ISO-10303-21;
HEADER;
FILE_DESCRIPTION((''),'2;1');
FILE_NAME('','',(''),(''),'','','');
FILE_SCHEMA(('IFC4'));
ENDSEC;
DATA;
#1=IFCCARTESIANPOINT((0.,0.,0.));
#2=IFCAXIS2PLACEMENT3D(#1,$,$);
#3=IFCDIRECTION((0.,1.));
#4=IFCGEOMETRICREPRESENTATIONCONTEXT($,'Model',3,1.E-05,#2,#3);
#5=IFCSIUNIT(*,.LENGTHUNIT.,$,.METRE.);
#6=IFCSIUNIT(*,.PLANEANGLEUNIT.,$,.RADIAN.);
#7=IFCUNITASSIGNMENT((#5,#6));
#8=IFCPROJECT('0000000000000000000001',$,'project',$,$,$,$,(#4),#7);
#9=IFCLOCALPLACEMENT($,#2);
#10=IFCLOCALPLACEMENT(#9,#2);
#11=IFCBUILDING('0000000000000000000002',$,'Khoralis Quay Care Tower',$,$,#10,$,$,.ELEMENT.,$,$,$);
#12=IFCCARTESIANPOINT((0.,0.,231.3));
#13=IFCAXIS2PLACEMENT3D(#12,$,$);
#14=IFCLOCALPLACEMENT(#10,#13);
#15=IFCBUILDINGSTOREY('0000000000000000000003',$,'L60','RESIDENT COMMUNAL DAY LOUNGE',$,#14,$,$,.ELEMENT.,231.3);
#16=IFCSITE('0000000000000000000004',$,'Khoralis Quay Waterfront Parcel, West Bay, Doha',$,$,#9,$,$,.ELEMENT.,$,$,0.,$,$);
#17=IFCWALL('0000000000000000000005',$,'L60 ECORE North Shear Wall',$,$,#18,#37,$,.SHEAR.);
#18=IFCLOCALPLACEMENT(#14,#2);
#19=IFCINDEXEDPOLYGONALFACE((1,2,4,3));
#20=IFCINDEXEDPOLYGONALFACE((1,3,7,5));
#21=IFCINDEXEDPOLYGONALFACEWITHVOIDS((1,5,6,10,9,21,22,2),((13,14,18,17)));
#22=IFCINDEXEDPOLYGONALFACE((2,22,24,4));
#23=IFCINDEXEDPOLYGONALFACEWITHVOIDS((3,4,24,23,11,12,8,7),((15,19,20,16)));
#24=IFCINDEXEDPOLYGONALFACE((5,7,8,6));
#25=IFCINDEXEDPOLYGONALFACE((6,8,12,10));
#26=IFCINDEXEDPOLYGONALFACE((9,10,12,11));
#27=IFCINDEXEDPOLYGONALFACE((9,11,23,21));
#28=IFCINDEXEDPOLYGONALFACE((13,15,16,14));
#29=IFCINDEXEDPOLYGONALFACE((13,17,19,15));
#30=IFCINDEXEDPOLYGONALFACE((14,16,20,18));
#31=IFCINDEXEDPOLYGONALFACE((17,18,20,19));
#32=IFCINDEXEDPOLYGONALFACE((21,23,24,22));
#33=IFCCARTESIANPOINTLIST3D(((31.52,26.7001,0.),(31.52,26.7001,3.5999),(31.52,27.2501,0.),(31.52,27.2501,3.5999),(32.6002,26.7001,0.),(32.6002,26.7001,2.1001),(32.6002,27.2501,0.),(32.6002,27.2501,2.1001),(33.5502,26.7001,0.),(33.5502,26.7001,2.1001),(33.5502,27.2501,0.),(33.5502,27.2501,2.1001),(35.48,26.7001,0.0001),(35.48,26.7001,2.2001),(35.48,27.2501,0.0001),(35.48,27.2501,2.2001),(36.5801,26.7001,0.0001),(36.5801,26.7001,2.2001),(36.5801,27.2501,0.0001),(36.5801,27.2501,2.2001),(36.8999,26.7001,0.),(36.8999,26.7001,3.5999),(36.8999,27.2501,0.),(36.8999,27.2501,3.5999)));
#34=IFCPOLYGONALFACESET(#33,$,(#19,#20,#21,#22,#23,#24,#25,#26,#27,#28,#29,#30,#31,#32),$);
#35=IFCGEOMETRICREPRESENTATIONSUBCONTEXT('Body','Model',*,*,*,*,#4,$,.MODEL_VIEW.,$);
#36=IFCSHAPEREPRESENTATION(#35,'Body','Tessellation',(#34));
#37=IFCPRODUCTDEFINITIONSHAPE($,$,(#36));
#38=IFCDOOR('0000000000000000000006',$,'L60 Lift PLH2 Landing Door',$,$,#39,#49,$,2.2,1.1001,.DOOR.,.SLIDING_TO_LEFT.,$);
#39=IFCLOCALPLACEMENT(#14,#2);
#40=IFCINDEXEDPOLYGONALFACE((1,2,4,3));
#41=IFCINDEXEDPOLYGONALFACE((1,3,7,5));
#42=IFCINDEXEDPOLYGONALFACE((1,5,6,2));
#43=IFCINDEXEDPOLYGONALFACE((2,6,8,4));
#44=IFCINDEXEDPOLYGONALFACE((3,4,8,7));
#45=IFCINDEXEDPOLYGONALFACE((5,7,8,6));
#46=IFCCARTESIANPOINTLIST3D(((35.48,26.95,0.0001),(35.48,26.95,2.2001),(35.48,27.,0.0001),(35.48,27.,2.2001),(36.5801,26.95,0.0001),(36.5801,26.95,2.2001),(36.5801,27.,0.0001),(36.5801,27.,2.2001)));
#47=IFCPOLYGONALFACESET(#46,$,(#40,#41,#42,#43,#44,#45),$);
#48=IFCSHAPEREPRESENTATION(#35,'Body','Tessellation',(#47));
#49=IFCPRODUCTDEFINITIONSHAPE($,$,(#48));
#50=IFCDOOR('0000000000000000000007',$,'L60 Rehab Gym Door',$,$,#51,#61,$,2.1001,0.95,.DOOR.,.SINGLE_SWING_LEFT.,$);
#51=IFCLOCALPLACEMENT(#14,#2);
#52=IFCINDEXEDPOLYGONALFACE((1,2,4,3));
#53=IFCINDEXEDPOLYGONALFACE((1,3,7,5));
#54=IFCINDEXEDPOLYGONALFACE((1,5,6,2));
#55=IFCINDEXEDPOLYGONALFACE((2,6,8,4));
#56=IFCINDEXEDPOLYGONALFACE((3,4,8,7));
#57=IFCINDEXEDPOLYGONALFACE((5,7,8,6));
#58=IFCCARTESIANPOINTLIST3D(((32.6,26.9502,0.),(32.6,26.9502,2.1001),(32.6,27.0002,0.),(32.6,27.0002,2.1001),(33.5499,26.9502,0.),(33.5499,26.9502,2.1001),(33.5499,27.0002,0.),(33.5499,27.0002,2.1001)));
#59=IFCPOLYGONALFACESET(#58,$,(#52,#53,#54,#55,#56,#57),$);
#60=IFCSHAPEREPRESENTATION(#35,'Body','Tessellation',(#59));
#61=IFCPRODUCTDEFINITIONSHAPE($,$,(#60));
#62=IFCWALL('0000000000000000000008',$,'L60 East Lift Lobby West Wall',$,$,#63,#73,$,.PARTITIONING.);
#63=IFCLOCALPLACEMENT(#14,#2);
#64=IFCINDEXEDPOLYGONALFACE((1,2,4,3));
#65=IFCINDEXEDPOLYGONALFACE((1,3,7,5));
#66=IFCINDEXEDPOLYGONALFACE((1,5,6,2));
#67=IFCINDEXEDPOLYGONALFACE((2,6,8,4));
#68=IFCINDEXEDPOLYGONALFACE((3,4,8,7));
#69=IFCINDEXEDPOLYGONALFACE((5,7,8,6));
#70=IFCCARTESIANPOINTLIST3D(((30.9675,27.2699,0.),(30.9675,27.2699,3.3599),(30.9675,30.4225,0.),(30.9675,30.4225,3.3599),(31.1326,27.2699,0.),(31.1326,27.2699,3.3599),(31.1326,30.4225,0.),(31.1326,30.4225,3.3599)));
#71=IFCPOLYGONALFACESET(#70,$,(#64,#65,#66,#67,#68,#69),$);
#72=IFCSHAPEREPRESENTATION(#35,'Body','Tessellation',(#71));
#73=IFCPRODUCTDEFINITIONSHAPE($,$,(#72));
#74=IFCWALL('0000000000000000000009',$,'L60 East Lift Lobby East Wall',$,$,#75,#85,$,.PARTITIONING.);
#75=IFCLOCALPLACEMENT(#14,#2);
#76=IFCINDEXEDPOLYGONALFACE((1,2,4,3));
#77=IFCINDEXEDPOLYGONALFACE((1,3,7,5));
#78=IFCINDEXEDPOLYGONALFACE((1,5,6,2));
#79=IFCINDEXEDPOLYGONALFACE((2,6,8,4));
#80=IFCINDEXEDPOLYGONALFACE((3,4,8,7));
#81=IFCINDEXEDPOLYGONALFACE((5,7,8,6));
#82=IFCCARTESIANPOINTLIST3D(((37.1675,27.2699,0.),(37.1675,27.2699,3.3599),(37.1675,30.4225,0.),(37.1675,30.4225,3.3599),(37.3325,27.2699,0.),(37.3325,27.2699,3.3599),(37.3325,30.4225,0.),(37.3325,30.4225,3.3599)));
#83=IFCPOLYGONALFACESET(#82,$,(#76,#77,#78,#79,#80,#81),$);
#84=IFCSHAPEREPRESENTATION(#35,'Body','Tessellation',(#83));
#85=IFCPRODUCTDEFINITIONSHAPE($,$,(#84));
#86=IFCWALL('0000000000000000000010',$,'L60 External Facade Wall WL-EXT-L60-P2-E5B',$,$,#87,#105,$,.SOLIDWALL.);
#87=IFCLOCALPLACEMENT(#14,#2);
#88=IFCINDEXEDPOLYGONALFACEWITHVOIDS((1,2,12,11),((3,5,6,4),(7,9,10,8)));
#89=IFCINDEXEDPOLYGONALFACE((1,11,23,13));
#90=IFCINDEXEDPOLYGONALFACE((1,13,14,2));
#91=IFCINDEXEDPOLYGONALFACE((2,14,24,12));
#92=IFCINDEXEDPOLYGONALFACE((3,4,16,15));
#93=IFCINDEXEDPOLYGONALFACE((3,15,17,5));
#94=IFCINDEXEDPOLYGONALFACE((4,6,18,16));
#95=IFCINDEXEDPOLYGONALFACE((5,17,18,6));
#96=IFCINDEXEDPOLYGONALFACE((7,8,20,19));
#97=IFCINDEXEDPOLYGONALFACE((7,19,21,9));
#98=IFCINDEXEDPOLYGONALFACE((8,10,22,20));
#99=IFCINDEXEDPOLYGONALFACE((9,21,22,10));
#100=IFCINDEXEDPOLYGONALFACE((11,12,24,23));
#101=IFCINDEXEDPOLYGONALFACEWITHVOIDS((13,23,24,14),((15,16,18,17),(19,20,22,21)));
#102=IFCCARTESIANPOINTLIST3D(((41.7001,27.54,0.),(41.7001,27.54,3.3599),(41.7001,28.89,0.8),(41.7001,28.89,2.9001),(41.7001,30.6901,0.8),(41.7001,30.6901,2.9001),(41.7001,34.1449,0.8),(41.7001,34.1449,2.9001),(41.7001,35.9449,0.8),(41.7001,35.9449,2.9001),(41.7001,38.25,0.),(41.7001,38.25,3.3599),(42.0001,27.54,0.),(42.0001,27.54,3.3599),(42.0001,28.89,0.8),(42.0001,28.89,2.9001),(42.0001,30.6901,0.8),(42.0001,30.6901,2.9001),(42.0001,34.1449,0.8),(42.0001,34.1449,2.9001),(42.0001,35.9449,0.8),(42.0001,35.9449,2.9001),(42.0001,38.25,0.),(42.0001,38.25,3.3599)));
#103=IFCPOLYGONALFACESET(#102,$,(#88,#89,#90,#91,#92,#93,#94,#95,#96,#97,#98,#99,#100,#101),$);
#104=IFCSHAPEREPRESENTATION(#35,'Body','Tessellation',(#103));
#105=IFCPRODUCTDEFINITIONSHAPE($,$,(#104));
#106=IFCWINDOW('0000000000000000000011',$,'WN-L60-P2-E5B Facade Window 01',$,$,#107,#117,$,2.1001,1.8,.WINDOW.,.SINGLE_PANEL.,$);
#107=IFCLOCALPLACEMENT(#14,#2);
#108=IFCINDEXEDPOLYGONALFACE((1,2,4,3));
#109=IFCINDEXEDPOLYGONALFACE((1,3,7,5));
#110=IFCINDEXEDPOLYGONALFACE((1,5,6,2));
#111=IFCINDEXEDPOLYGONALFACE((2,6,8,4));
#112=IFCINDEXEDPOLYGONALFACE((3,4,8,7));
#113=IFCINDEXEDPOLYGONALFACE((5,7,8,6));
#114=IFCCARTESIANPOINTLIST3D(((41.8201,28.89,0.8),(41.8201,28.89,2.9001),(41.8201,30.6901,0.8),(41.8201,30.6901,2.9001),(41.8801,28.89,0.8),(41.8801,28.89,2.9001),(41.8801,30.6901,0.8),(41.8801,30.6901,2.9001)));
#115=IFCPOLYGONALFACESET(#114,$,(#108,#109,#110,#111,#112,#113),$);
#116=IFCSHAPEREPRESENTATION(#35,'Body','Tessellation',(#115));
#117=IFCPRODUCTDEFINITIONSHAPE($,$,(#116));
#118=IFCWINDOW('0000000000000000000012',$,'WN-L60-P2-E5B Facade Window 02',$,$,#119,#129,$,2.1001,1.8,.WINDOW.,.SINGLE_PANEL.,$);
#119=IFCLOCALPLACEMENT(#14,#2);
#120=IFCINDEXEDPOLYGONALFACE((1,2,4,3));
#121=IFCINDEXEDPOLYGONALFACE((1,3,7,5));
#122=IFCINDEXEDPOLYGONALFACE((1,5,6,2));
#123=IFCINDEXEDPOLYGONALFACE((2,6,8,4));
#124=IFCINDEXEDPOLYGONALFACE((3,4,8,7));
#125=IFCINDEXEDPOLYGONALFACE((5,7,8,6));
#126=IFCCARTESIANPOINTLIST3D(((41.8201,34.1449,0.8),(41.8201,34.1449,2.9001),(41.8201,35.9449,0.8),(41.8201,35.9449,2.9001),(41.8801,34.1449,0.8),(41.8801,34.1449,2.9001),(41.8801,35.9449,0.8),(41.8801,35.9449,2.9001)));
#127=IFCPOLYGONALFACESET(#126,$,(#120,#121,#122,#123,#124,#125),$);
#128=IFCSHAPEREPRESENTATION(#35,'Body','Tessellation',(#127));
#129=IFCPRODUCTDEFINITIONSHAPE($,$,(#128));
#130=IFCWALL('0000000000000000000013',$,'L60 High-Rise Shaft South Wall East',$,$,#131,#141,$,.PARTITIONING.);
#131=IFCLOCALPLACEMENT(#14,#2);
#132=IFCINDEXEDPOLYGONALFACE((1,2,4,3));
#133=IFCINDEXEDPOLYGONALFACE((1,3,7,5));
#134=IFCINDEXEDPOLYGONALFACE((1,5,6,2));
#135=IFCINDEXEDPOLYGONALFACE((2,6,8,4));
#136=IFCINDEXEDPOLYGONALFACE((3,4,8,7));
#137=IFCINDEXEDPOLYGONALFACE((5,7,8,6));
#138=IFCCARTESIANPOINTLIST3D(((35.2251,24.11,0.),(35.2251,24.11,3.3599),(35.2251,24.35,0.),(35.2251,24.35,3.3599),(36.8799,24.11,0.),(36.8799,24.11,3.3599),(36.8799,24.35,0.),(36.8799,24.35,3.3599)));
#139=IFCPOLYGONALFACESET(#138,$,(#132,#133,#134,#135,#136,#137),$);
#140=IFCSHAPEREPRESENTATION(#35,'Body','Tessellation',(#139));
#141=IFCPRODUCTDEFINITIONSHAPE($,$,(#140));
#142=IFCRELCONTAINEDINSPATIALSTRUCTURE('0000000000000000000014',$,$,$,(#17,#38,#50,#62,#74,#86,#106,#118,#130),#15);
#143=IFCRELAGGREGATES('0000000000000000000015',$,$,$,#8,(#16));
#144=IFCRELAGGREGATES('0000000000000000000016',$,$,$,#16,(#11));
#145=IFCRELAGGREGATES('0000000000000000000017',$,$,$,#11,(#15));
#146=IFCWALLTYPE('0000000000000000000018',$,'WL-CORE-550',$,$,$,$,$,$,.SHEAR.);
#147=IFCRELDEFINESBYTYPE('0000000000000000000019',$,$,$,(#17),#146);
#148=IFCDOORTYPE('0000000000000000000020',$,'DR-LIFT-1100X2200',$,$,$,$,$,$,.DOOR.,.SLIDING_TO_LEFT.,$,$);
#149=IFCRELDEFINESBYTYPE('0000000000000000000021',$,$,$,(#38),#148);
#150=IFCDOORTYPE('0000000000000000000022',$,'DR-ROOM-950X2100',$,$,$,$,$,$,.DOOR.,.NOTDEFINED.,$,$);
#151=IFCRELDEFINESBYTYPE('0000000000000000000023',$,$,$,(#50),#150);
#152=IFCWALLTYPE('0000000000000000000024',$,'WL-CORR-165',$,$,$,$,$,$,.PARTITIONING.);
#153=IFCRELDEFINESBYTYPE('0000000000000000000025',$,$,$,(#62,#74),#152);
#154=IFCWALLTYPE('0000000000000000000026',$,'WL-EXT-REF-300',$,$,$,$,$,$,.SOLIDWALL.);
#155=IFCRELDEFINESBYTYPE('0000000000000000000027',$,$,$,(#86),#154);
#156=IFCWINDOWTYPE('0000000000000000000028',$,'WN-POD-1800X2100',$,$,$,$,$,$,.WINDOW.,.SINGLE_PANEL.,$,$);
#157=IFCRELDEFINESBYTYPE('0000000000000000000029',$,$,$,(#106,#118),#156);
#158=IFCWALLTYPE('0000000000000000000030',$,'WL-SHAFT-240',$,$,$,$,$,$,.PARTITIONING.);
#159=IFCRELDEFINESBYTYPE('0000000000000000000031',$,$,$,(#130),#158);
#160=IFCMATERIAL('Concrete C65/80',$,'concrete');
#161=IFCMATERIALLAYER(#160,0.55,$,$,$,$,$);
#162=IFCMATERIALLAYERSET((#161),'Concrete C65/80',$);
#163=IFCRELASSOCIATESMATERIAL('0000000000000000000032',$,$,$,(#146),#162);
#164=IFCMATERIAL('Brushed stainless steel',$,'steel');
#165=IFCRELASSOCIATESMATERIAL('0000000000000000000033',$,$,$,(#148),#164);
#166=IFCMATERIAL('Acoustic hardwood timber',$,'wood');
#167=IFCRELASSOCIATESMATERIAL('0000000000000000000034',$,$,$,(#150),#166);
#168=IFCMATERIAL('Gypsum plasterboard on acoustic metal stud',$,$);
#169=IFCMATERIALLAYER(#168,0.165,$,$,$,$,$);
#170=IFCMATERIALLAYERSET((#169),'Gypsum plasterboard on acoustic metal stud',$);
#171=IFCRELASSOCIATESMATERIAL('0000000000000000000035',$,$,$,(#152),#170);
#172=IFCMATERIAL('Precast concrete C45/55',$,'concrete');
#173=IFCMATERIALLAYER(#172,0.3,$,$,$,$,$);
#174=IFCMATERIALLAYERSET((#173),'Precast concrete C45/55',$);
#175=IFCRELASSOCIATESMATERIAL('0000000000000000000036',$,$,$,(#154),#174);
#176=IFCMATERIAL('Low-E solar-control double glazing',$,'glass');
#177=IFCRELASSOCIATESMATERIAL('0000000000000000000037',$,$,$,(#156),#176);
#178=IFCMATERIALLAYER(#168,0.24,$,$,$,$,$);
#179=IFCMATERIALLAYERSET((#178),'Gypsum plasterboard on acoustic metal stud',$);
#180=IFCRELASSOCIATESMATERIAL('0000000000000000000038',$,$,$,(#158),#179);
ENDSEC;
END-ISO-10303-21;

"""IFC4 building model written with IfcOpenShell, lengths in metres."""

from ifc_helpers import new_model, si_unit, direction, frame, frame_2d, origin, place, context, subcontext, project, spatial, rectangle, extrude, source, transform, mapped, material, layer, layer_set, type_object, element, fill, save


model = new_model("IFC4")

# Units and contexts
model_context = context("Model", 3, precision=1e-05, world=origin(), true_north=direction((0.0, 1.0)))
body_context = subcontext(model_context, "Body", "Model", "MODEL_VIEW")
ifc_project = project(units=[si_unit("LENGTHUNIT", "METRE"), si_unit("PLANEANGLEUNIT", "RADIAN")], contexts=[model_context])

# Site, building, storey
site_placement = place(None, origin())
site = spatial("IfcSite", under=ifc_project, at=site_placement, Name="Khoralis Quay Waterfront Parcel, West Bay, Doha", CompositionType="ELEMENT", RefElevation=0.0)
building_placement = place(site_placement, origin())
building = spatial("IfcBuilding", under=site, at=building_placement, Name="Khoralis Quay Care Tower", CompositionType="ELEMENT")
storey_placement = place(building_placement, frame((0.0, 0.0, 231.3)))
storey = spatial("IfcBuildingStorey", under=building, at=storey_placement, Name="L60", Description="RESIDENT COMMUNAL DAY LOUNGE", CompositionType="ELEMENT", Elevation=231.3)

# Shared definitions
ifc_material_1 = material(Name="Low-E solar-control double glazing", Category="glass")

# Wall, openings, doors
ifc_material_2 = material(Name="Concrete C65/80", Category="concrete")
ifc_layer_1 = layer(ifc_material_2, 0.55)
ifc_layer_set_1 = layer_set([ifc_layer_1], Name="Concrete C65/80")
wall_type_1 = type_object("IfcWallType", Name="WL-CORE-550", PredefinedType="SHEAR", material=ifc_layer_set_1)
wall_1_placement = place(storey_placement, frame((31.52, 26.9751, 0.0), z_axis=(0.0, 0.0, 1.0), x_axis=(1.0, 0.0, 0.0)))
wall_1 = element("IfcWall", 1, at=wall_1_placement, inside=storey, type_object=wall_type_1, Name="L60 ECORE North Shear Wall", PredefinedType="SHEAR", context=body_context, shape_type="SweptSolid", body=[
    extrude(rectangle(XDim=5.3799, YDim=0.55, at=frame_2d((2.6899, 0.0))), origin(), (0.0, 0.0, 1.0), 3.5999),
])
opening_1_placement = place(wall_1_placement, frame((1.0801, 0.0, 0.0)))
opening_1 = element("IfcOpeningElement", 2, at=opening_1_placement, cuts=wall_1, PredefinedType="OPENING", context=body_context, shape_type="SweptSolid", body=[
    extrude(rectangle(XDim=0.95, YDim=2.1001, at=frame_2d((0.4751, 1.05))), frame((0.0, 0.2852, 0.0), z_axis=(0.0, -1.0, 0.0), x_axis=(1.0, 0.0, 0.0)), (0.0, 0.0, 1.0), 0.5701),
])
opening_2_placement = place(wall_1_placement, frame((3.96, 0.0, 0.0)))
opening_2 = element("IfcOpeningElement", 3, at=opening_2_placement, cuts=wall_1, PredefinedType="OPENING", context=body_context, shape_type="SweptSolid", body=[
    extrude(rectangle(XDim=1.1001, YDim=2.2, at=frame_2d((0.55, 1.1001))), frame((0.0, 0.2852, 0.0), z_axis=(0.0, -1.0, 0.0), x_axis=(1.0, 0.0, 0.0)), (0.0, 0.0, 1.0), 0.5701),
])
ifc_material_3 = material(Name="Brushed stainless steel", Category="steel")
door_type_1 = type_object("IfcDoorType", Name="DR-LIFT-1100X2200", OperationType="SLIDING_TO_LEFT", PredefinedType="DOOR", material=ifc_material_3)
shared_shape_1 = source(origin(), body_context, "Body", "SweptSolid", [
    extrude(rectangle(XDim=1.1001, YDim=2.2, at=frame_2d((0.55, 1.1001))), frame((0.0, 0.0249, 0.0), z_axis=(0.0, -1.0, 0.0), x_axis=(1.0, 0.0, 0.0)), (0.0, 0.0, 1.0), 0.05),
])
door_1_placement = place(opening_2_placement, origin())
door_1 = element("IfcDoor", 4, at=door_1_placement, inside=storey, type_object=door_type_1, Name="L60 Lift PLH2 Landing Door", OperationType="SLIDING_TO_LEFT", OverallHeight=2.2, OverallWidth=1.1001, PredefinedType="DOOR", context=body_context, shape_type="MappedRepresentation", body=[
    mapped(shared_shape_1, transform((0.0, 0.0, 0.0), scale=1.0)),
])
fill(opening_2, door_1)
ifc_material_4 = material(Name="Acoustic hardwood timber", Category="wood")
door_type_2 = type_object("IfcDoorType", Name="DR-ROOM-950X2100", OperationType="NOTDEFINED", PredefinedType="DOOR", material=ifc_material_4)
shared_shape_2 = source(origin(), body_context, "Body", "SweptSolid", [
    extrude(rectangle(XDim=0.95, YDim=2.1001, at=frame_2d((0.4751, 1.05))), frame((0.0, 0.0249, 0.0), z_axis=(0.0, -1.0, 0.0), x_axis=(1.0, 0.0, 0.0)), (0.0, 0.0, 1.0), 0.05),
])
door_2_placement = place(opening_1_placement, frame((0.95, 0.0, 0.0), z_axis=(0.0, 0.0, 1.0), x_axis=(-1.0, 0.0, 0.0)))
door_2 = element("IfcDoor", 5, at=door_2_placement, inside=storey, type_object=door_type_2, Name="L60 Rehab Gym Door", OperationType="SINGLE_SWING_LEFT", OverallHeight=2.1001, OverallWidth=0.95, PredefinedType="DOOR", context=body_context, shape_type="MappedRepresentation", body=[
    mapped(shared_shape_2, transform((0.0, 0.0, 0.0), scale=1.0)),
])
fill(opening_1, door_2)

# Walls
ifc_material_5 = material(Name="Gypsum plasterboard on acoustic metal stud")
ifc_layer_2 = layer(ifc_material_5, 0.165)
ifc_layer_set_2 = layer_set([ifc_layer_2], Name="Gypsum plasterboard on acoustic metal stud")
wall_type_2 = type_object("IfcWallType", Name="WL-CORR-165", PredefinedType="PARTITIONING", material=ifc_layer_set_2)
for number, where, z_axis, x_axis, name in (
    (6, (31.05, 27.27, 0.0), (0.0, 0.0, 1.0), (0.0, 1.0, 0.0), "L60 East Lift Lobby West Wall"),
    (7, (37.25, 27.27, 0.0), (0.0, 0.0, 1.0), (0.0, 1.0, 0.0), "L60 East Lift Lobby East Wall"),
):
    element("IfcWall", number, at=place(storey_placement, frame(where, z_axis=z_axis, x_axis=x_axis)), inside=storey, type_object=wall_type_2, Name=name, PredefinedType="PARTITIONING", context=body_context, shape_type="SweptSolid", body=[
        extrude(rectangle(XDim=3.1526, YDim=0.165, at=frame_2d((1.5762, 0.0))), origin(), (0.0, 0.0, 1.0), 3.3599),
    ])

# Wall, openings, windows
ifc_material_6 = material(Name="Precast concrete C45/55", Category="concrete")
ifc_layer_3 = layer(ifc_material_6, 0.3)
ifc_layer_set_3 = layer_set([ifc_layer_3], Name="Precast concrete C45/55")
wall_type_3 = type_object("IfcWallType", Name="WL-EXT-REF-300", PredefinedType="SOLIDWALL", material=ifc_layer_set_3)
wall_2_placement = place(storey_placement, frame((41.8501, 27.54, 0.0), z_axis=(0.0, 0.0, 1.0), x_axis=(0.0, 1.0, 0.0)))
wall_2 = element("IfcWall", 8, at=wall_2_placement, inside=storey, type_object=wall_type_3, Name="L60 External Facade Wall WL-EXT-L60-P2-E5B", PredefinedType="SOLIDWALL", context=body_context, shape_type="SweptSolid", body=[
    extrude(rectangle(XDim=10.71, YDim=0.3, at=frame_2d((5.355, 0.0))), origin(), (0.0, 0.0, 1.0), 3.3599),
])
opening_3_placement = place(wall_2_placement, frame((1.3501, 0.0, 0.8)))
opening_3 = element("IfcOpeningElement", 9, at=opening_3_placement, cuts=wall_2, PredefinedType="OPENING", context=body_context, shape_type="SweptSolid", body=[
    extrude(rectangle(XDim=1.8, YDim=2.1001, at=frame_2d((0.8999, 1.05))), frame((0.0, 0.1602, 0.0), z_axis=(0.0, -1.0, 0.0), x_axis=(1.0, 0.0, 0.0)), (0.0, 0.0, 1.0), 0.3201),
])
opening_4_placement = place(wall_2_placement, frame((6.605, 0.0, 0.8)))
opening_4 = element("IfcOpeningElement", 10, at=opening_4_placement, cuts=wall_2, PredefinedType="OPENING", context=body_context, shape_type="SweptSolid", body=[
    extrude(rectangle(XDim=1.8, YDim=2.1001, at=frame_2d((0.8999, 1.05))), frame((0.0, 0.1602, 0.0), z_axis=(0.0, -1.0, 0.0), x_axis=(1.0, 0.0, 0.0)), (0.0, 0.0, 1.0), 0.3201),
])
window_type = type_object("IfcWindowType", Name="WN-POD-1800X2100", PartitioningType="SINGLE_PANEL", PredefinedType="WINDOW", material=ifc_material_1)
shared_shape_3 = source(origin(), body_context, "Body", "SweptSolid", [
    extrude(rectangle(XDim=1.8, YDim=2.1001, at=frame_2d((0.8999, 1.05))), frame((0.0, 0.03, 0.0), z_axis=(0.0, -1.0, 0.0), x_axis=(1.0, 0.0, 0.0)), (0.0, 0.0, 1.0), 0.0601),
])
window_1_placement = place(opening_3_placement, origin())
window_1 = element("IfcWindow", 11, at=window_1_placement, inside=storey, type_object=window_type, Name="WN-L60-P2-E5B Facade Window 01", OverallHeight=2.1001, OverallWidth=1.8, PartitioningType="SINGLE_PANEL", PredefinedType="WINDOW", context=body_context, shape_type="MappedRepresentation", body=[
    mapped(shared_shape_3, transform((0.0, 0.0, 0.0), scale=1.0)),
])
fill(opening_3, window_1)
window_2_placement = place(opening_4_placement, origin())
window_2 = element("IfcWindow", 12, at=window_2_placement, inside=storey, type_object=window_type, Name="WN-L60-P2-E5B Facade Window 02", OverallHeight=2.1001, OverallWidth=1.8, PartitioningType="SINGLE_PANEL", PredefinedType="WINDOW", context=body_context, shape_type="MappedRepresentation", body=[
    mapped(shared_shape_3, transform((0.0, 0.0, 0.0), scale=1.0)),
])
fill(opening_4, window_2)

# Wall
ifc_layer_4 = layer(ifc_material_5, 0.24)
ifc_layer_set_4 = layer_set([ifc_layer_4], Name="Gypsum plasterboard on acoustic metal stud")
wall_type_4 = type_object("IfcWallType", Name="WL-SHAFT-240", PredefinedType="PARTITIONING", material=ifc_layer_set_4)
wall_3_placement = place(storey_placement, frame((35.2251, 24.23, 0.0), z_axis=(0.0, 0.0, 1.0), x_axis=(1.0, 0.0, 0.0)))
element("IfcWall", 13, at=wall_3_placement, inside=storey, type_object=wall_type_4, Name="L60 High-Rise Shaft South Wall East", PredefinedType="PARTITIONING", context=body_context, shape_type="SweptSolid", body=[
    extrude(rectangle(XDim=1.6548, YDim=0.24, at=frame_2d((0.8274, 0.0))), origin(), (0.0, 0.0, 1.0), 3.3599),
])

save(model, "model.ifc")
